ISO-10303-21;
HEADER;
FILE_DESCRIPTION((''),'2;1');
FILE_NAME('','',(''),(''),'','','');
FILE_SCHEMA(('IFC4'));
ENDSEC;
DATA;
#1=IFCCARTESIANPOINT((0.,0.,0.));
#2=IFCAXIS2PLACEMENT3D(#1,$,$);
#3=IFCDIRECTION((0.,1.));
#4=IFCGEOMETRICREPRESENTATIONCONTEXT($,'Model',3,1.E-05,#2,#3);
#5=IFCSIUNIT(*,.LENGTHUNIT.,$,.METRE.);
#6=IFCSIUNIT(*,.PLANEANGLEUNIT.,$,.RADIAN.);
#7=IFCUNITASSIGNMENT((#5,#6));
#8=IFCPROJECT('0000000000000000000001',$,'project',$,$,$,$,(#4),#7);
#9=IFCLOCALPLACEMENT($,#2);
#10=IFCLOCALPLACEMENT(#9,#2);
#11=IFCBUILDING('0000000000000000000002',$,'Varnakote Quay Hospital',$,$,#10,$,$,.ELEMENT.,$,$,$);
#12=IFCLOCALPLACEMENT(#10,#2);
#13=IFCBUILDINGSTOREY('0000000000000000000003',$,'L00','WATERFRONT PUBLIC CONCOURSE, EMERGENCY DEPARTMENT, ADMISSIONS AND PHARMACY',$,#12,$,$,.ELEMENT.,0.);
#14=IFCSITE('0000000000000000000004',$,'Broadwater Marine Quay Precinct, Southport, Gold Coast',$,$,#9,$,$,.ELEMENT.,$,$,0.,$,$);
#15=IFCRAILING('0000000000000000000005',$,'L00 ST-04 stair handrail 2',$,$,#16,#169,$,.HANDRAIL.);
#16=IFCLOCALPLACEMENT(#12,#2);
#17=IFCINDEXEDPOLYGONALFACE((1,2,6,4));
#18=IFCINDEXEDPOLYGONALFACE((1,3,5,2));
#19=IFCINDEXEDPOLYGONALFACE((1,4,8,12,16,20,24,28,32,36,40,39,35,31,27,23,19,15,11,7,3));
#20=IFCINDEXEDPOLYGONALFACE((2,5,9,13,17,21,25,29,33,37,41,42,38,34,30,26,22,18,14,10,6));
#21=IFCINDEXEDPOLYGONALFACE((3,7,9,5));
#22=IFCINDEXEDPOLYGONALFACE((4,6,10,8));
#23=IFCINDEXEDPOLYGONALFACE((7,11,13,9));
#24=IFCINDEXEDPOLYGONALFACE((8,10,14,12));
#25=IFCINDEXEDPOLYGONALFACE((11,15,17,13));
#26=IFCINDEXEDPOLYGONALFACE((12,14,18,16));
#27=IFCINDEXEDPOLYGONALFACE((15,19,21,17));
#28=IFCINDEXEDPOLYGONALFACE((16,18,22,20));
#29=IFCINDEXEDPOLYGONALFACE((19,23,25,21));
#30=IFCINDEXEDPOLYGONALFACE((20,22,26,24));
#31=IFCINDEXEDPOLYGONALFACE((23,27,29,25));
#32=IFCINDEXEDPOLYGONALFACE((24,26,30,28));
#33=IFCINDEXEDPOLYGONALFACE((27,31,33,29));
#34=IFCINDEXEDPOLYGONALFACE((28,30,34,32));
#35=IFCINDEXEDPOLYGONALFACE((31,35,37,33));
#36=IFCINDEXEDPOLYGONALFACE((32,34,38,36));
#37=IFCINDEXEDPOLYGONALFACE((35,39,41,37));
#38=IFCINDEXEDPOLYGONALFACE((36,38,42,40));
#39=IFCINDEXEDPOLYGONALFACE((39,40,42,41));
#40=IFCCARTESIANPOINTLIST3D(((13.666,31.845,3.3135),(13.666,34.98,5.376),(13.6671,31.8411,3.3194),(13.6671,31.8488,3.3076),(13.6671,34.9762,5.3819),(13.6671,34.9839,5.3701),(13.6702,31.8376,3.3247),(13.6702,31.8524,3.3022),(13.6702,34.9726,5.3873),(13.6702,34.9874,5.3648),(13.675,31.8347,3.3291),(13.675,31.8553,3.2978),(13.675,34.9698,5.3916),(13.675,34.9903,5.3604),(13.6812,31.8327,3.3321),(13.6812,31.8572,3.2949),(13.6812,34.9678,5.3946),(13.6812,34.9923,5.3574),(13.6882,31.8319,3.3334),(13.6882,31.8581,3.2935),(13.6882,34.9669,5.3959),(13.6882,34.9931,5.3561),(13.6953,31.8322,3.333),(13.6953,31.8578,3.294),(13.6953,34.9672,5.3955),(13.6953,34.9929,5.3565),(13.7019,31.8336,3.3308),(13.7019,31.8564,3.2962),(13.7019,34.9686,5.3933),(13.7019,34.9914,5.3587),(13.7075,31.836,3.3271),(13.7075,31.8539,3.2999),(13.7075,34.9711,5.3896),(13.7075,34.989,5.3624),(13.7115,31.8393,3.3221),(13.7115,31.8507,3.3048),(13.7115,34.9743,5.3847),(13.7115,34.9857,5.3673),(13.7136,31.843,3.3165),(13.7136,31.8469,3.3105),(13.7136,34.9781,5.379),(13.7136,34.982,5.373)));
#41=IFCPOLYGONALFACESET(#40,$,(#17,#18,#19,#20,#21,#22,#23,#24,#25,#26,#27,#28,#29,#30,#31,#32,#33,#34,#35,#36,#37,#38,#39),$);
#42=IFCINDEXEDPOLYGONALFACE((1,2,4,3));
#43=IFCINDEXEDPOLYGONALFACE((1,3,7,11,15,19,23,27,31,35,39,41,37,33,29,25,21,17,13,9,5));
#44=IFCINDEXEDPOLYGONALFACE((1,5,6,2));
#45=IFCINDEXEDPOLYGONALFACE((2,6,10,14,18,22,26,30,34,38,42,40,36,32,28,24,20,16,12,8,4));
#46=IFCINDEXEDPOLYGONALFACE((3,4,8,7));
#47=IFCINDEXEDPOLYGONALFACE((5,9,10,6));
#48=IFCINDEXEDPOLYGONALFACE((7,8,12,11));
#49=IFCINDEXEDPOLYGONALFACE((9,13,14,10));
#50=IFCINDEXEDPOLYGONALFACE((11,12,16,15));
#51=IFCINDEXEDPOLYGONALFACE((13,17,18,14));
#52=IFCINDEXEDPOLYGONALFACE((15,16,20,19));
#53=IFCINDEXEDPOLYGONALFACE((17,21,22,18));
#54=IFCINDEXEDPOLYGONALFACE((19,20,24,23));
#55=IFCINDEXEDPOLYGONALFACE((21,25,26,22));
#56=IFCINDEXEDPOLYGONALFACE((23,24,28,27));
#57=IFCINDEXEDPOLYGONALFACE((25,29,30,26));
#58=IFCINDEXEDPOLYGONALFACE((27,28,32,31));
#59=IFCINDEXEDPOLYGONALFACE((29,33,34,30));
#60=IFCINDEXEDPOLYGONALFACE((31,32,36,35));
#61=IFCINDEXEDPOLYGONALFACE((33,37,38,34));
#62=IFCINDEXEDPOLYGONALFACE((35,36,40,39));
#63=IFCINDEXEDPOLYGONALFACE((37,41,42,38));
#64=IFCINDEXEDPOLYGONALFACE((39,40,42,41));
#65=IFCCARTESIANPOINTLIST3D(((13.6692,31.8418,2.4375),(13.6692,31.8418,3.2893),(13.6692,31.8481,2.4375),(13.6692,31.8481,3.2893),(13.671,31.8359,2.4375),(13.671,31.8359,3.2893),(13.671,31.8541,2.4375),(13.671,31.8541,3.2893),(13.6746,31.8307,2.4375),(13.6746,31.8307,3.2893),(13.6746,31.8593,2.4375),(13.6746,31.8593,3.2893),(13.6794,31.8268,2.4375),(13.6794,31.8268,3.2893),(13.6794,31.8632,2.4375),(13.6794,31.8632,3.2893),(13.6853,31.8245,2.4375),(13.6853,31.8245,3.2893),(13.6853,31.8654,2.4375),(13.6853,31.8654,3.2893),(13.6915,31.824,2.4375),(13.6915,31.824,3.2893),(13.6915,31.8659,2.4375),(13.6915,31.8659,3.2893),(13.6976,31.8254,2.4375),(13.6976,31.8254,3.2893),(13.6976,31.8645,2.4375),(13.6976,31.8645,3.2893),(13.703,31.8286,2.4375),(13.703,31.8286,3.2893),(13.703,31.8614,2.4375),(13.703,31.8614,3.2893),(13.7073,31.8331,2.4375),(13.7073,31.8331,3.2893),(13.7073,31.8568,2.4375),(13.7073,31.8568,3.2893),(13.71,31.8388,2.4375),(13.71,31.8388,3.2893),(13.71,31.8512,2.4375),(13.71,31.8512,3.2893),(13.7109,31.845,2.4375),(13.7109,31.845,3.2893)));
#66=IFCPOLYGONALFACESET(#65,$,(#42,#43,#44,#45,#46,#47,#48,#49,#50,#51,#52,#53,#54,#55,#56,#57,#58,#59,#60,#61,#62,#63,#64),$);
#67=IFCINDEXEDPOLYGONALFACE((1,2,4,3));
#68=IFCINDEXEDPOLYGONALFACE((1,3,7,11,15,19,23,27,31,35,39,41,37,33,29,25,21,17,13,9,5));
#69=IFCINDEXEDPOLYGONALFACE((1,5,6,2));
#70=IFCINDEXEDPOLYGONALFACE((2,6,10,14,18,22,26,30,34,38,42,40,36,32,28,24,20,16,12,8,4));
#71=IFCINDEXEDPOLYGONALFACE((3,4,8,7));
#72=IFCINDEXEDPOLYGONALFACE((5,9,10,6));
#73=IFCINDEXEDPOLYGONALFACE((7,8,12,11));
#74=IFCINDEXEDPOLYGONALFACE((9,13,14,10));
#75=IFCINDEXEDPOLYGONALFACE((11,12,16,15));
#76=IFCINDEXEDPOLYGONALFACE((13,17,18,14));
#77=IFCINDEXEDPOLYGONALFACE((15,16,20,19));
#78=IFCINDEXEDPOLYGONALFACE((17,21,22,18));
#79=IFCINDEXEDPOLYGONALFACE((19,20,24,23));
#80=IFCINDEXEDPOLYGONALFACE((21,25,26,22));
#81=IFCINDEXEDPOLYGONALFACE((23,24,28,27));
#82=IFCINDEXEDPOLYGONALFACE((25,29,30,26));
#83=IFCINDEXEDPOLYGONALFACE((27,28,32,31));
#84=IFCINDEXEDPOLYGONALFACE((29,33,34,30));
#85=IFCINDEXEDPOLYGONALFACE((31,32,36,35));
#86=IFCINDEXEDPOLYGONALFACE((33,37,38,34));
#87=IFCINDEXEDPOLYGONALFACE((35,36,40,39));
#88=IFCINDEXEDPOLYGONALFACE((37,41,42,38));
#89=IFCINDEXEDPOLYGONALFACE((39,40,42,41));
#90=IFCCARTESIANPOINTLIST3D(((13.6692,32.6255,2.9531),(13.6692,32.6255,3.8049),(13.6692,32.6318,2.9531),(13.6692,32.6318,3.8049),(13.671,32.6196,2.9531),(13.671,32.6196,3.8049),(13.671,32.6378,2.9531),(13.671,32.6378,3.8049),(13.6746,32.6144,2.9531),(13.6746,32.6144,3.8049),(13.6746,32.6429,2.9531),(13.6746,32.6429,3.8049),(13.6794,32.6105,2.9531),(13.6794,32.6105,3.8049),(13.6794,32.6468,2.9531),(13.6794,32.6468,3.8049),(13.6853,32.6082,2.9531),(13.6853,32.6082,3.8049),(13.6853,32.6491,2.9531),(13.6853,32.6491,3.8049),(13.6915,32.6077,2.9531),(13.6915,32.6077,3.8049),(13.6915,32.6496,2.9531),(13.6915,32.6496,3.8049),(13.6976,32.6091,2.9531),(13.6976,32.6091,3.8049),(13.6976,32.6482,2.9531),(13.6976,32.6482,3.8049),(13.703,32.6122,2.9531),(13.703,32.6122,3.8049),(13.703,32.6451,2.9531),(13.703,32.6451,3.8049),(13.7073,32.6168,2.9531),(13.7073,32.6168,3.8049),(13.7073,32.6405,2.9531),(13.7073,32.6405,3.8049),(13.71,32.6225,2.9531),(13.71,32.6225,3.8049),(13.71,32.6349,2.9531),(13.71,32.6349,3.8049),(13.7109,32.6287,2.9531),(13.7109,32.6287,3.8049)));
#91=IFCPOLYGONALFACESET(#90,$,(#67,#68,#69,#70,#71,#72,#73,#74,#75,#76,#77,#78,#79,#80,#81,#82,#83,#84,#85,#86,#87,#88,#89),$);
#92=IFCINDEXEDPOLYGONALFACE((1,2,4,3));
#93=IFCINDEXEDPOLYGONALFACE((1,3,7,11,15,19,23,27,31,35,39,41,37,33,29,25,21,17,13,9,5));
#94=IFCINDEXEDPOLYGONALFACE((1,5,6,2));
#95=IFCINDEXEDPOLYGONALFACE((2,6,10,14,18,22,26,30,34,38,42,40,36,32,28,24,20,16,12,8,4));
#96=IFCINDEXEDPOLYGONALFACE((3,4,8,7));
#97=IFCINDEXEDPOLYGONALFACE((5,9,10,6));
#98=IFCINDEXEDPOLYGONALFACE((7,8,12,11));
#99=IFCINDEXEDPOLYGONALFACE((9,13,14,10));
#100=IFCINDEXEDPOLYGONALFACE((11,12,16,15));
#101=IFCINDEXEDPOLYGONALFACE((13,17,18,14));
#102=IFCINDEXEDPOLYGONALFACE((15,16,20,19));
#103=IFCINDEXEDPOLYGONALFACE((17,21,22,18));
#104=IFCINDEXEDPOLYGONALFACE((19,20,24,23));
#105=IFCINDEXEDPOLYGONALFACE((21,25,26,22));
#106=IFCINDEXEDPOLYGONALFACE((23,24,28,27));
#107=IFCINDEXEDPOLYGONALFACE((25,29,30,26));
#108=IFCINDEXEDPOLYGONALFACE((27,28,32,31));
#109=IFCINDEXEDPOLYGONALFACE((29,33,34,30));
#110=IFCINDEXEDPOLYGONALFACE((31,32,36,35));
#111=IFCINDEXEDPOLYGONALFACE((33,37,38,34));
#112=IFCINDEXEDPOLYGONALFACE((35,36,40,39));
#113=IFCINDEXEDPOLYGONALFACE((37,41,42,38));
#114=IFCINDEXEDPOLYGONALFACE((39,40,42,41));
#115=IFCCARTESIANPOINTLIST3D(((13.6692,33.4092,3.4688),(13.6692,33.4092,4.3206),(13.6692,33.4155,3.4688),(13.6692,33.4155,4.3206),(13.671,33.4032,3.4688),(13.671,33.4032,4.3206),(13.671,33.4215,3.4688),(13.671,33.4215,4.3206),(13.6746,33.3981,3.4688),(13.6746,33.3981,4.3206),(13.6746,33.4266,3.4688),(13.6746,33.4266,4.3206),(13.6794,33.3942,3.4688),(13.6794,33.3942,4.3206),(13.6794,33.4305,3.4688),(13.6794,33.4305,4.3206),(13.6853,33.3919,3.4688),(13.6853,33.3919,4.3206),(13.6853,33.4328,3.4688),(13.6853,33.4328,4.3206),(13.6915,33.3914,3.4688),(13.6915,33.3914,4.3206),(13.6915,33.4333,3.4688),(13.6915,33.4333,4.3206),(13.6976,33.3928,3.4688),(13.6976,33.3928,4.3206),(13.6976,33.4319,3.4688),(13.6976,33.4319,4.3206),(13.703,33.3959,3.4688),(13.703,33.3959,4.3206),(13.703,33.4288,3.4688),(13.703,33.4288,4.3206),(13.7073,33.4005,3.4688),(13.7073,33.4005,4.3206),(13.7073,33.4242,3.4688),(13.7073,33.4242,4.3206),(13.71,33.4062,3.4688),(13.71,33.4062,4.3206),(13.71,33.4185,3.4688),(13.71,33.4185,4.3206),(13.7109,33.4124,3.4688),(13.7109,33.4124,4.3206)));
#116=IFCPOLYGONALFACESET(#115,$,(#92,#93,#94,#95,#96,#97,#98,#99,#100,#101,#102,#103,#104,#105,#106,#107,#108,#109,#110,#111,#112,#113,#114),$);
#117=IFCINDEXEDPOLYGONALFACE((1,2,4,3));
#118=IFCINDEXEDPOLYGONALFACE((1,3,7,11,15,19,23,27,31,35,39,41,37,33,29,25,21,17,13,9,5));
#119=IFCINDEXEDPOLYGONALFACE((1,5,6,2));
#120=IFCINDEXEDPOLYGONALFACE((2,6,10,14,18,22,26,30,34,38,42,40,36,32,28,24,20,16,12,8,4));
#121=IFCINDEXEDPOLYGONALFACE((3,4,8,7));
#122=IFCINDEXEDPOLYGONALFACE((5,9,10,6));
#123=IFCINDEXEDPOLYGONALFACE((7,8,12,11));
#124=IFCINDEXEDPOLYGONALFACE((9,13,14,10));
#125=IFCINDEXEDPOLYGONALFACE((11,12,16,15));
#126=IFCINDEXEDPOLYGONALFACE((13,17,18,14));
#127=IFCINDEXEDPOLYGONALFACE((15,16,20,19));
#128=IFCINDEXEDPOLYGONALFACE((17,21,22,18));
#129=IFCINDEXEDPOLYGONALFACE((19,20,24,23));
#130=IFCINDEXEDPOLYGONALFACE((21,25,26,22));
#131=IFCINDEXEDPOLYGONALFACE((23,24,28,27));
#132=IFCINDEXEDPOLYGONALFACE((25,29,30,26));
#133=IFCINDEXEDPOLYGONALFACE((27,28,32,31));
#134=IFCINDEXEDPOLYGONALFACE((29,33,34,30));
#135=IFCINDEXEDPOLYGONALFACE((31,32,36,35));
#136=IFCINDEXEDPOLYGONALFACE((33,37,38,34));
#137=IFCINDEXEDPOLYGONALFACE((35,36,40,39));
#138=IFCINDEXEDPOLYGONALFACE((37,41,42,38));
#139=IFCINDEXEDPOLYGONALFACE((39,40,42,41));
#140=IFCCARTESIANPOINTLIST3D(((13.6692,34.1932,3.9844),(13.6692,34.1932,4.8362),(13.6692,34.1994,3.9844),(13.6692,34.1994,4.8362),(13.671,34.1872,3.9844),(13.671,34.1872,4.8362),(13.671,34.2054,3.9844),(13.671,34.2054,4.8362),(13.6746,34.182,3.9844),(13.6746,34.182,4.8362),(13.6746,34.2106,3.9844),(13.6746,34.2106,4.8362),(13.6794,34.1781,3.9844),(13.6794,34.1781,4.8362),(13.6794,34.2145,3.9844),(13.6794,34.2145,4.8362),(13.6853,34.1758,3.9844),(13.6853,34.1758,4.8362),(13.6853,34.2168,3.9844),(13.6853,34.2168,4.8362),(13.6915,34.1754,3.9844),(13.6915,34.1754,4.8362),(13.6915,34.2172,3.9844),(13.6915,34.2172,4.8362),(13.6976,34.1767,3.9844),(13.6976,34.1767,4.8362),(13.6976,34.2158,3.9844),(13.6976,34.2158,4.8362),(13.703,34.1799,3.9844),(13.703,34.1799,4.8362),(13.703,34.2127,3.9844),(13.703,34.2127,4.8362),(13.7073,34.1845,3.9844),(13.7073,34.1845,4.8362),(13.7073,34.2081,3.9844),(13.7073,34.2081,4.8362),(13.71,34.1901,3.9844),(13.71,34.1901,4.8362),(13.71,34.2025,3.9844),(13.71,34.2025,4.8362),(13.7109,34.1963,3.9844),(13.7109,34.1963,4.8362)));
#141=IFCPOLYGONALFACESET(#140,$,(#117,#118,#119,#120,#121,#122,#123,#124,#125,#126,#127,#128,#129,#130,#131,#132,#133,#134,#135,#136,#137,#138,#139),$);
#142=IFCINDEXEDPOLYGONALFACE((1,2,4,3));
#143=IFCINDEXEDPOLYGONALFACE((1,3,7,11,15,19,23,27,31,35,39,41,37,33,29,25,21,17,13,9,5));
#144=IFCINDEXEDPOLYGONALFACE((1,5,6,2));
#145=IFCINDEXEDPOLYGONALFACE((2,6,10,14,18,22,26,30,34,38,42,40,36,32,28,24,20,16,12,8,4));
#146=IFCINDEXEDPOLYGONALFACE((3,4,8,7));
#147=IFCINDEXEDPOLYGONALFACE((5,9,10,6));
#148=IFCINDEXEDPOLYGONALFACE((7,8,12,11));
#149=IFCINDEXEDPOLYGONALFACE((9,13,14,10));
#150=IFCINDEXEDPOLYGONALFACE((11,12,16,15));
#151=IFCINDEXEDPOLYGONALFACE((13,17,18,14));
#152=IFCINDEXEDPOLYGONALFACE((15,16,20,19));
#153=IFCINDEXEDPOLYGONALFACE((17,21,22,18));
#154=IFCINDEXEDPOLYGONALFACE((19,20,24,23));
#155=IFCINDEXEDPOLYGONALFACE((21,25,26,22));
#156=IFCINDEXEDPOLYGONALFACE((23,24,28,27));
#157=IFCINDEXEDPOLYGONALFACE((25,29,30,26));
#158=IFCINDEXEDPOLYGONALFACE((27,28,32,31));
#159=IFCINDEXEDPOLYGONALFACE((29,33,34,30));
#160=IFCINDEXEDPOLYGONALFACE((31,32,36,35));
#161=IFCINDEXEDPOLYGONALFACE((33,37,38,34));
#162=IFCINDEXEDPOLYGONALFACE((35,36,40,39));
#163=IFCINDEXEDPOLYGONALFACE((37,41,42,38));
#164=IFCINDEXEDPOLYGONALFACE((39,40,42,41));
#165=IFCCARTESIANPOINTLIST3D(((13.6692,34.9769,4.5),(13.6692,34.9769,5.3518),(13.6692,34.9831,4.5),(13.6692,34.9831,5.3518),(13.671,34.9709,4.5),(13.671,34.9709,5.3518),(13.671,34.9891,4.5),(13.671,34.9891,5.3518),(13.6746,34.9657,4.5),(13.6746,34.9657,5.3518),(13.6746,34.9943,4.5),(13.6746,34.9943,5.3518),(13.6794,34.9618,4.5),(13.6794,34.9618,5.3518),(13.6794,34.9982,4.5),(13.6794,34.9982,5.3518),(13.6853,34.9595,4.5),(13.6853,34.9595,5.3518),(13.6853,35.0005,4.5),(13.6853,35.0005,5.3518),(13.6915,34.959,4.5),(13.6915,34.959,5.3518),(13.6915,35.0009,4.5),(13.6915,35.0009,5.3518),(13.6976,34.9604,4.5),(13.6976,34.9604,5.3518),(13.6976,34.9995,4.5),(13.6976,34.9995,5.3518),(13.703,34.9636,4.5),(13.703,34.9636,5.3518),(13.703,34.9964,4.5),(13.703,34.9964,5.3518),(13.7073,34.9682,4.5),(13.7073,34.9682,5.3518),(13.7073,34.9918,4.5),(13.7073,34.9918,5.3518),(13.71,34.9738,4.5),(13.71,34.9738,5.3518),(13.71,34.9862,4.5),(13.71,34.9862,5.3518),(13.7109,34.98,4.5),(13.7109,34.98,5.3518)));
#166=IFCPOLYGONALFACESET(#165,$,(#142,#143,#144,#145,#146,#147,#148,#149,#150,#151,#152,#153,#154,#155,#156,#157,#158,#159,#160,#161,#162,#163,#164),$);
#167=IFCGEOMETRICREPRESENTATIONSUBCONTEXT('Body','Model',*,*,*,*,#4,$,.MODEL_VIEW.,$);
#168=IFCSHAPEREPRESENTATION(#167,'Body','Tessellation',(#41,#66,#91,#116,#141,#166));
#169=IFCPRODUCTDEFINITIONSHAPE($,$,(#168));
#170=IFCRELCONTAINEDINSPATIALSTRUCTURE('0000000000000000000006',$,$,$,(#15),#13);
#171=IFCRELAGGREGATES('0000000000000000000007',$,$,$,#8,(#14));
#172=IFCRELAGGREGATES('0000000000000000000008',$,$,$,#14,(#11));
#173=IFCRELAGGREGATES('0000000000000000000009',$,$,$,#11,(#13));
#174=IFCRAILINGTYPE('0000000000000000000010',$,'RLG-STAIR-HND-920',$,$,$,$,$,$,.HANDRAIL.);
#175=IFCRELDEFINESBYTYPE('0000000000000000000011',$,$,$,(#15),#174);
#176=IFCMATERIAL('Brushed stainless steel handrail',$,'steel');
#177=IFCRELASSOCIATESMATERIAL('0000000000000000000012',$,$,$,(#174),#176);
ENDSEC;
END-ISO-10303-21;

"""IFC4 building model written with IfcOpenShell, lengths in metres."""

from ifc_helpers import new_model, si_unit, direction, frame, origin, origin_2d, place, context, subcontext, project, spatial, circle, extrude, material, type_object, element, save


model = new_model("IFC4")

# Units and contexts
model_context = context("Model", 3, precision=1e-05, world=origin(), true_north=direction((0.0, 1.0)))
body_context = subcontext(model_context, "Body", "Model", "MODEL_VIEW")
ifc_project = project(units=[si_unit("LENGTHUNIT", "METRE"), si_unit("PLANEANGLEUNIT", "RADIAN")], contexts=[model_context])

# Site, building, storey
site_placement = place(None, origin())
site = spatial("IfcSite", under=ifc_project, at=site_placement, Name="Broadwater Marine Quay Precinct, Southport, Gold Coast", CompositionType="ELEMENT", RefElevation=0.0)
building_placement = place(site_placement, origin())
building = spatial("IfcBuilding", under=site, at=building_placement, Name="Varnakote Quay Hospital", CompositionType="ELEMENT")
storey_placement = place(building_placement, origin())
storey = spatial("IfcBuildingStorey", under=building, at=storey_placement, Name="L00", Description="WATERFRONT PUBLIC CONCOURSE, EMERGENCY DEPARTMENT, ADMISSIONS AND PHARMACY", CompositionType="ELEMENT", Elevation=0.0)

# Railing
ifc_material_1 = material(Name="Brushed stainless steel handrail", Category="steel")
railing_type_1 = type_object("IfcRailingType", Name="RLG-STAIR-HND-920", PredefinedType="HANDRAIL", material=ifc_material_1)
railing_1_placement = place(storey_placement, frame((13.6899, 31.845, 2.4375)))
element("IfcRailing", 1, at=railing_1_placement, inside=storey, type_object=railing_type_1, Name="L00 ST-04 stair handrail 2", PredefinedType="HANDRAIL", context=body_context, shape_type="SweptSolid", body=[
    extrude(circle(Radius=0.0239, at=origin_2d()), frame((0.0, 0.0, 0.876), z_axis=(0.0, 0.835418, 0.549615), x_axis=(-1.0, 0.0, 0.0)), (0.0, 0.0, 1.0), 3.7527),
    extrude(circle(Radius=0.021, at=origin_2d()), origin(), (0.0, 0.0, 1.0), 0.8518),
    extrude(circle(Radius=0.021, at=origin_2d()), frame((0.0, 0.7837, 0.5156)), (0.0, 0.0, 1.0), 0.8518),
    extrude(circle(Radius=0.021, at=origin_2d()), frame((0.0, 1.5674, 1.0312)), (0.0, 0.0, 1.0), 0.8518),
    extrude(circle(Radius=0.021, at=origin_2d()), frame((0.0, 2.3513, 1.5469)), (0.0, 0.0, 1.0), 0.8518),
    extrude(circle(Radius=0.021, at=origin_2d()), frame((0.0, 3.135, 2.0625)), (0.0, 0.0, 1.0), 0.8518),
])

save(model, "model.ifc")
